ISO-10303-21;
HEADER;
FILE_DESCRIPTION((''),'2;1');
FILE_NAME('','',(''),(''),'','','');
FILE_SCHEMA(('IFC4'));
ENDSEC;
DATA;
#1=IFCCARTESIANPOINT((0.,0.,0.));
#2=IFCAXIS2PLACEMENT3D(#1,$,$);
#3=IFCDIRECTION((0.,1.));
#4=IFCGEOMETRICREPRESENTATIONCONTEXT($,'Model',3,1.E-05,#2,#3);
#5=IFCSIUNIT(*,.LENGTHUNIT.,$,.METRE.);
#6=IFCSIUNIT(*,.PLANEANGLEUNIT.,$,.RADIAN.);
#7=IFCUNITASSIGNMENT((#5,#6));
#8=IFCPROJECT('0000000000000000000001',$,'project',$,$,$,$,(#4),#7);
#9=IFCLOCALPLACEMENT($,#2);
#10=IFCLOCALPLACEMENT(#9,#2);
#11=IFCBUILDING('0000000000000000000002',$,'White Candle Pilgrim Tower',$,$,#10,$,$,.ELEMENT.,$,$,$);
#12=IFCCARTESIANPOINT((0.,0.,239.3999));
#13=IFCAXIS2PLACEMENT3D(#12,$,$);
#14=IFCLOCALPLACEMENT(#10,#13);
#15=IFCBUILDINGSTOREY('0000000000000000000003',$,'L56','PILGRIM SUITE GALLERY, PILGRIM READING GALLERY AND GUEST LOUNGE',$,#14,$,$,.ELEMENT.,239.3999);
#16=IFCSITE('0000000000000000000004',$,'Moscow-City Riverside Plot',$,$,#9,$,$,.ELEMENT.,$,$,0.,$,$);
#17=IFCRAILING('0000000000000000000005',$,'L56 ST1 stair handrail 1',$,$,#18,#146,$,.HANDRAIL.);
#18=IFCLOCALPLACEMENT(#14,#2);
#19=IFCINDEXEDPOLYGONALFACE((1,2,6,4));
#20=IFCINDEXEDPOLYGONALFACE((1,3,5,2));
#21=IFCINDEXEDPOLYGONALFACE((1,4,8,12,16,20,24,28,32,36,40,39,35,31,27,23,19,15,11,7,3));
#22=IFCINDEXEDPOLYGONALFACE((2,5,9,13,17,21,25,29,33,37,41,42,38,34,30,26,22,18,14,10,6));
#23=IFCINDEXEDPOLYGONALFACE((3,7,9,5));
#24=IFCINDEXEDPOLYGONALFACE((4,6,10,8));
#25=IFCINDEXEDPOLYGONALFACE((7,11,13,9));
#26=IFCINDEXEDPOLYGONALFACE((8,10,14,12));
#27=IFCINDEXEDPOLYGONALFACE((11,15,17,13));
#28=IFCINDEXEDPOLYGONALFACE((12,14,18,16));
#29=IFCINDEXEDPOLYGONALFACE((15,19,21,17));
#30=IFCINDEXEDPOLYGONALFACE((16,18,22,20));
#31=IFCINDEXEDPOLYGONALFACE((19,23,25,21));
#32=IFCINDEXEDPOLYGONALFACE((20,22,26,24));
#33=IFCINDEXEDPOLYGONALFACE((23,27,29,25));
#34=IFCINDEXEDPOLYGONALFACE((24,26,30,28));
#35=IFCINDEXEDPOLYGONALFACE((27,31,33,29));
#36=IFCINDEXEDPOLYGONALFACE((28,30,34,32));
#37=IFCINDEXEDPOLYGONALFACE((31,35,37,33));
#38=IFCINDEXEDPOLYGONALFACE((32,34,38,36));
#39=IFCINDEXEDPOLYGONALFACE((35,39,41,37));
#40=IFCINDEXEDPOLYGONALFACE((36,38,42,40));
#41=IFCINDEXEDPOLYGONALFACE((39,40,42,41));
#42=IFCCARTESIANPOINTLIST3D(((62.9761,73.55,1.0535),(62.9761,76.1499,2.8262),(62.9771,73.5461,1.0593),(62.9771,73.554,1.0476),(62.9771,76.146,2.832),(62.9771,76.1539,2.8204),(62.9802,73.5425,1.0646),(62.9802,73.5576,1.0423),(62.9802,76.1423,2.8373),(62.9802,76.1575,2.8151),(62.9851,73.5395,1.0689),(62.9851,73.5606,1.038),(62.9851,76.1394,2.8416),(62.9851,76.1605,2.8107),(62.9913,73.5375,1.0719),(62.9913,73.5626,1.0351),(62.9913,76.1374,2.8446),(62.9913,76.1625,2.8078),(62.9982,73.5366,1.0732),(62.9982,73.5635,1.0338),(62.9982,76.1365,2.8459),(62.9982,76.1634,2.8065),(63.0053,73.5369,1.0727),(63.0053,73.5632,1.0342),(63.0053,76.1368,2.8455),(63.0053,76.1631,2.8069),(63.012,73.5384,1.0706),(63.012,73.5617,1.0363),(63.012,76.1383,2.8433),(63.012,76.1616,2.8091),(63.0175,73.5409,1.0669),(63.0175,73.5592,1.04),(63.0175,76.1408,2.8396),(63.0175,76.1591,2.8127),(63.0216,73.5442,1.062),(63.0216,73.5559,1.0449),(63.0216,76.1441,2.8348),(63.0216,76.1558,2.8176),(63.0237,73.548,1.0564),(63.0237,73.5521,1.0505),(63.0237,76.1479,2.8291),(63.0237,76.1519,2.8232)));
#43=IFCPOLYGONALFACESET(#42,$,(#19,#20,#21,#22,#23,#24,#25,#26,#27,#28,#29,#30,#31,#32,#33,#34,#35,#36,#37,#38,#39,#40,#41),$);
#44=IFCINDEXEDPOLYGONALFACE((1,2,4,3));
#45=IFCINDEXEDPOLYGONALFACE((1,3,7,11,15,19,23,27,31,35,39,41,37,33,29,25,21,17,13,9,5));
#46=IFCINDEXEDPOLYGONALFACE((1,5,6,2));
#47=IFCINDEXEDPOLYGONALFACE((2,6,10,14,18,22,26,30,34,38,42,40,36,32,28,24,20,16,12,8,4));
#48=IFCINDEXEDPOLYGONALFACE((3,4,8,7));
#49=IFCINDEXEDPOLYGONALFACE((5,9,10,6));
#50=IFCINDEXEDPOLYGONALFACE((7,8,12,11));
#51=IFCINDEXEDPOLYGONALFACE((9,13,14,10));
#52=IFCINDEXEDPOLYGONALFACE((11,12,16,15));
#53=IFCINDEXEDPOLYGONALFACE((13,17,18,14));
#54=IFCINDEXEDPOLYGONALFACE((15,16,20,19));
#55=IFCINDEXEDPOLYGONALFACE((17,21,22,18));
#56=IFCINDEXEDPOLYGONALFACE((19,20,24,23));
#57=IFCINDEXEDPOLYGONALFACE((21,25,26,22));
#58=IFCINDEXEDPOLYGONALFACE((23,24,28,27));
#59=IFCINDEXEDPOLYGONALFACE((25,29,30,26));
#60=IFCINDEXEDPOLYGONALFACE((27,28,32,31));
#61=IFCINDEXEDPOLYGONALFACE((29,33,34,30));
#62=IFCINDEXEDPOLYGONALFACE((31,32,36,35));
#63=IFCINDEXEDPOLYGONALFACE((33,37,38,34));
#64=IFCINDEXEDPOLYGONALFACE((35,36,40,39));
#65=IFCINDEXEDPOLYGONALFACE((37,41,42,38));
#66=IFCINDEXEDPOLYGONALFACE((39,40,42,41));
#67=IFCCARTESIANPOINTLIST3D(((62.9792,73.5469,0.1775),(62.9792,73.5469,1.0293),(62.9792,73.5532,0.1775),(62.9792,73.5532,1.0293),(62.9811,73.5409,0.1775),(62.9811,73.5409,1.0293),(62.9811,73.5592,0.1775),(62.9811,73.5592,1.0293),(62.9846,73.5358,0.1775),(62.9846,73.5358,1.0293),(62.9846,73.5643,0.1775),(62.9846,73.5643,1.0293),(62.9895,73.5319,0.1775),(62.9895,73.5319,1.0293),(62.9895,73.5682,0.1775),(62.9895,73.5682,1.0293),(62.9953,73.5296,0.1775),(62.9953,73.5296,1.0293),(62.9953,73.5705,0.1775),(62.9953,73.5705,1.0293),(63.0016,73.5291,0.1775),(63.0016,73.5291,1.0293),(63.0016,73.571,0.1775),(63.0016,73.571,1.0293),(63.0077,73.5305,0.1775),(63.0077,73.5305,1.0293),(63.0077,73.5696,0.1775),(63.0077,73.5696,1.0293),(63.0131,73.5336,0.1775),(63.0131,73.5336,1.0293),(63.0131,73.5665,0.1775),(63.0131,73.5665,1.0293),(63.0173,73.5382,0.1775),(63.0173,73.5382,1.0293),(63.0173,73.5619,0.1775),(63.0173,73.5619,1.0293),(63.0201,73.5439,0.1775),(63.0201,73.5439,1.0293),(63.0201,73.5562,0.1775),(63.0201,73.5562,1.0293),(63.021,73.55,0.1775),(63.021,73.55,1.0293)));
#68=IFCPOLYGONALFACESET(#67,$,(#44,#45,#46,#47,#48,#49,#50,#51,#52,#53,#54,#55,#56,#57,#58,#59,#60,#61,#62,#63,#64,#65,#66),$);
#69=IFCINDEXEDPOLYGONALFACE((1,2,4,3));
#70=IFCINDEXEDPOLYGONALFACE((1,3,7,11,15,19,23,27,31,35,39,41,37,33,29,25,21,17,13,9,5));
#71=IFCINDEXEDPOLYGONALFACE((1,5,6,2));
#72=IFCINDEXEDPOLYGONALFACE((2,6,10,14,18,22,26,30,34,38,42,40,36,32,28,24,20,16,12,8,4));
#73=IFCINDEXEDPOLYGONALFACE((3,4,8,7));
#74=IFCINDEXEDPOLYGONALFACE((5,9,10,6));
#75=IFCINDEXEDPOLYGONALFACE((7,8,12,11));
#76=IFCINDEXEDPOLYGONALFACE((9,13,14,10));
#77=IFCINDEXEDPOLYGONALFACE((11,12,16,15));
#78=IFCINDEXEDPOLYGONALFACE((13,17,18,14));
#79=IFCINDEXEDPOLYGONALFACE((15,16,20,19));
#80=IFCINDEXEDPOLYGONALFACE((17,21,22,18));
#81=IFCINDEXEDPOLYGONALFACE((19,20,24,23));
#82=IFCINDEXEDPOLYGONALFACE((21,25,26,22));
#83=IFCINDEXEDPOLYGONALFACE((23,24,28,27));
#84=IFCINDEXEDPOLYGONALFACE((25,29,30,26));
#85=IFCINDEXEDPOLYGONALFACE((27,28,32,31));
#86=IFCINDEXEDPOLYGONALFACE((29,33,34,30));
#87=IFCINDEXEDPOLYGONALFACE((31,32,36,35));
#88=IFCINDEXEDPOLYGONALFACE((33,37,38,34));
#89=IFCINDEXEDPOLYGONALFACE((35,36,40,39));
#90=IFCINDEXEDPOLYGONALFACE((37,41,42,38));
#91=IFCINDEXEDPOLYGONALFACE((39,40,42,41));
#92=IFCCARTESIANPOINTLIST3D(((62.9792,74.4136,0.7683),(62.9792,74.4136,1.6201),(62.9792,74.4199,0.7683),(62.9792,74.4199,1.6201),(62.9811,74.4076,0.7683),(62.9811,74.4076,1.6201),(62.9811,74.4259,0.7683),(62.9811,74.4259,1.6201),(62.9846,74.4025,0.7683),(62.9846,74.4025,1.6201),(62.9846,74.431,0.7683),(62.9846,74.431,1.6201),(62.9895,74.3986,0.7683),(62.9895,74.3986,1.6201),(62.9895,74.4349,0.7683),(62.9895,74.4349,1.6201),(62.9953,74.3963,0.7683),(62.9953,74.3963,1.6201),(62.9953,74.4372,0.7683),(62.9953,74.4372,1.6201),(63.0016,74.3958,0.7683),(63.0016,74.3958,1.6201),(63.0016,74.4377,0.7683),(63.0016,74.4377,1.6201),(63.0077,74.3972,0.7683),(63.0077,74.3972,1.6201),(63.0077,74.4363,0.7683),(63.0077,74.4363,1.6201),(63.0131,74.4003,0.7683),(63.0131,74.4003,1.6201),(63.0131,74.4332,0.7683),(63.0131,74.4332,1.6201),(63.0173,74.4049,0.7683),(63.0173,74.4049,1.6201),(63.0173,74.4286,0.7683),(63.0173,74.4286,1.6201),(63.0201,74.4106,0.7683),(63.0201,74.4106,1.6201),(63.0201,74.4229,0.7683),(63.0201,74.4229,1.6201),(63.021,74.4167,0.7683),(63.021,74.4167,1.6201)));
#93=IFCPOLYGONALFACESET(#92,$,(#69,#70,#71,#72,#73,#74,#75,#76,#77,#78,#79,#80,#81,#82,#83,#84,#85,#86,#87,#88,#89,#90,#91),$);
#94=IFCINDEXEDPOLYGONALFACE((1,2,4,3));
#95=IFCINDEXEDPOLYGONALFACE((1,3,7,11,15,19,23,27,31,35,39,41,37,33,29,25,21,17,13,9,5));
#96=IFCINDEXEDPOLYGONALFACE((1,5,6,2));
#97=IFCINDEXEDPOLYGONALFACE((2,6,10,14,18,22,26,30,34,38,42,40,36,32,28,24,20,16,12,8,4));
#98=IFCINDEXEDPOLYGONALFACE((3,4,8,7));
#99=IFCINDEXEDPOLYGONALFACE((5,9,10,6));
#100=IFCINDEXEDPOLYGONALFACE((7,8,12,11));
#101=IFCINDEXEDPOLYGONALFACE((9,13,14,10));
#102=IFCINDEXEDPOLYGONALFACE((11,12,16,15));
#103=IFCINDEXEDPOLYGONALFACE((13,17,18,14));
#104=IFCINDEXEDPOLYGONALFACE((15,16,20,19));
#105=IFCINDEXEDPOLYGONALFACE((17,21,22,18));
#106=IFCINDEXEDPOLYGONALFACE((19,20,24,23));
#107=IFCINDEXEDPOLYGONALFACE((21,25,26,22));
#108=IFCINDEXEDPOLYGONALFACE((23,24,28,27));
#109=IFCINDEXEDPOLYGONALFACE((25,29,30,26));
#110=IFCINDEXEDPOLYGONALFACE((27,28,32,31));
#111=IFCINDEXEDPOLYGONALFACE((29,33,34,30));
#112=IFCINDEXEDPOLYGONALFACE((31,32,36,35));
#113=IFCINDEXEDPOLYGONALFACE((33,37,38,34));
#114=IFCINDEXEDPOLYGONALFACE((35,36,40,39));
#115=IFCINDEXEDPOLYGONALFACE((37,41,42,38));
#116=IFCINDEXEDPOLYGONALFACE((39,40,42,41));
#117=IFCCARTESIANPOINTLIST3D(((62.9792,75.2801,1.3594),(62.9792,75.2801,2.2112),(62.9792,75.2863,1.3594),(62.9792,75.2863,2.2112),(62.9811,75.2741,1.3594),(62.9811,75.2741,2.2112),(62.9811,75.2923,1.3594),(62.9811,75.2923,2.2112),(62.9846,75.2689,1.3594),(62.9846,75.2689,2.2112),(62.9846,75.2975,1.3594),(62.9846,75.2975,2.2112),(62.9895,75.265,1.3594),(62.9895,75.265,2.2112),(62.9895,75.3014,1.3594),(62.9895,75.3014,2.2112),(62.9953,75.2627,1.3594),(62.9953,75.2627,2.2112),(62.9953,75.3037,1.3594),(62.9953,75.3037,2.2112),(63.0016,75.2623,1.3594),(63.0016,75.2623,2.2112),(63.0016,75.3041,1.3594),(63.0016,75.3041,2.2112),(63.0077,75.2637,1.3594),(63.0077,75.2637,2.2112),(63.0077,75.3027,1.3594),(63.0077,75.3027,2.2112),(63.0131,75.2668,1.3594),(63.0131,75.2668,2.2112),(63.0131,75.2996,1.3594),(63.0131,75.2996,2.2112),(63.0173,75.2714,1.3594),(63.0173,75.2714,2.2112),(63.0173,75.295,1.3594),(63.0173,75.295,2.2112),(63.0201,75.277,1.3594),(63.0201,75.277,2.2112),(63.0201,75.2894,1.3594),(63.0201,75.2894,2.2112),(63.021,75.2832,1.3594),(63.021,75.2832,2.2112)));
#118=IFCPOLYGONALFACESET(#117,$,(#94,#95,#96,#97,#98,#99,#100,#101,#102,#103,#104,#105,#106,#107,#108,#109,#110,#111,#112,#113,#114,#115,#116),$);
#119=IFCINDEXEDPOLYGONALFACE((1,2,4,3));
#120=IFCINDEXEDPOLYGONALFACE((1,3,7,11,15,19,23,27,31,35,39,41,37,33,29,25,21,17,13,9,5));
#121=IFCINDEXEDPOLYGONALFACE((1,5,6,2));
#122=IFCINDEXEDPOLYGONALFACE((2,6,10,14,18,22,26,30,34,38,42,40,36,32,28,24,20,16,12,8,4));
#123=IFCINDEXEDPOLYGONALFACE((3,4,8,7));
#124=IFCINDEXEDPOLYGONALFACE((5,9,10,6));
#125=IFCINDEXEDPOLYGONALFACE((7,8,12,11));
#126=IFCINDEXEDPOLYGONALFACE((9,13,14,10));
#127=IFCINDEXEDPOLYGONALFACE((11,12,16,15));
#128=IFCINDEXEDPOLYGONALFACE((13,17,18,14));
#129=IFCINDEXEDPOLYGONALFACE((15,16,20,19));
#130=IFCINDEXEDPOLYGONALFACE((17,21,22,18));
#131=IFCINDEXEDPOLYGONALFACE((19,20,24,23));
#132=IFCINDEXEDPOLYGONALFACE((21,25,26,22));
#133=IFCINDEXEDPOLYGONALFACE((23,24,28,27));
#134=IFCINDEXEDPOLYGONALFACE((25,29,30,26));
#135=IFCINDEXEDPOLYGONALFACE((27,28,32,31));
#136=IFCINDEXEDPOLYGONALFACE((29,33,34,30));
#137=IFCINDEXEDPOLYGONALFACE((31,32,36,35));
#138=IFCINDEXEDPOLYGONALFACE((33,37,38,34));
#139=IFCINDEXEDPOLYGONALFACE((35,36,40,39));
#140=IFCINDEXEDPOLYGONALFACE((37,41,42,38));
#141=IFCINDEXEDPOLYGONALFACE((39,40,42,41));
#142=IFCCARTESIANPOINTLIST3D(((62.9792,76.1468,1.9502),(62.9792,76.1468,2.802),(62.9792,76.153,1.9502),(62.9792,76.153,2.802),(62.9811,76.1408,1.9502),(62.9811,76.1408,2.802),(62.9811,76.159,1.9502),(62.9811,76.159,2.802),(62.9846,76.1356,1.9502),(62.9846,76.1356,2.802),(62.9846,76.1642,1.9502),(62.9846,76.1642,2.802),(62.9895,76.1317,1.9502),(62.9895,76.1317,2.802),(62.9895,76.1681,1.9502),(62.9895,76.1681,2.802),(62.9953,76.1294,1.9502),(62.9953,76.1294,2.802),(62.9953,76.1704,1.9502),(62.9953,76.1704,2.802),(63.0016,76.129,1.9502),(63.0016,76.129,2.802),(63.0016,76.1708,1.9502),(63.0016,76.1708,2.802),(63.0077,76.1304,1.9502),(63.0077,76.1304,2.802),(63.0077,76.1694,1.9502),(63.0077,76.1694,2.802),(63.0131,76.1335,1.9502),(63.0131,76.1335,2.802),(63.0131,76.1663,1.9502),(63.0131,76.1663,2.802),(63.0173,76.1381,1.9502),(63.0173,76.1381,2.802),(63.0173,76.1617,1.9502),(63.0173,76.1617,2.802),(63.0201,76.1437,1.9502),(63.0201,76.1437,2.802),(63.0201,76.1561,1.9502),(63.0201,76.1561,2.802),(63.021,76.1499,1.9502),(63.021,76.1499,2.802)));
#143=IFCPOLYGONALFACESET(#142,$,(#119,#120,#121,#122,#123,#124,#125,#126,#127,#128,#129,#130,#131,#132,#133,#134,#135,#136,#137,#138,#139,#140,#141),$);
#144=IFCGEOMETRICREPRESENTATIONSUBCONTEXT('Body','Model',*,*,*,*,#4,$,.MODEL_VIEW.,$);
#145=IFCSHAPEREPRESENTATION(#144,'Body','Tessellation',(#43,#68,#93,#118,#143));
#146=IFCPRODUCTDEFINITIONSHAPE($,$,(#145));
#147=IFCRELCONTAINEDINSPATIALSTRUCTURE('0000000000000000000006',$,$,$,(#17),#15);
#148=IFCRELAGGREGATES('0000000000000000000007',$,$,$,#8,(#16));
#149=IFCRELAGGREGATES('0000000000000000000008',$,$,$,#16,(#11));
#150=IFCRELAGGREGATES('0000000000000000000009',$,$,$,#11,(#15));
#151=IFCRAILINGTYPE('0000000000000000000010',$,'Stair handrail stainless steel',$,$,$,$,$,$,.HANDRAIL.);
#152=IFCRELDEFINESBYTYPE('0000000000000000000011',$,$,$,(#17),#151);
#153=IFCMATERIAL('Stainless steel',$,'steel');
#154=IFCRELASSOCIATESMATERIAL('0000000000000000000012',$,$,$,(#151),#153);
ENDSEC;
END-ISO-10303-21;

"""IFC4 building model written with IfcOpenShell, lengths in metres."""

from ifc_helpers import new_model, si_unit, direction, frame, origin, origin_2d, place, context, subcontext, project, spatial, circle, extrude, material, type_object, element, save


model = new_model("IFC4")

# Units and contexts
model_context = context("Model", 3, precision=1e-05, world=origin(), true_north=direction((0.0, 1.0)))
body_context = subcontext(model_context, "Body", "Model", "MODEL_VIEW")
ifc_project = project(units=[si_unit("LENGTHUNIT", "METRE"), si_unit("PLANEANGLEUNIT", "RADIAN")], contexts=[model_context])

# Site, building, storey
site_placement = place(None, origin())
site = spatial("IfcSite", under=ifc_project, at=site_placement, Name="Moscow-City Riverside Plot", CompositionType="ELEMENT", RefElevation=0.0)
building_placement = place(site_placement, origin())
building = spatial("IfcBuilding", under=site, at=building_placement, Name="White Candle Pilgrim Tower", CompositionType="ELEMENT")
storey_placement = place(building_placement, frame((0.0, 0.0, 239.3999)))
storey = spatial("IfcBuildingStorey", under=building, at=storey_placement, Name="L56", Description="PILGRIM SUITE GALLERY, PILGRIM READING GALLERY AND GUEST LOUNGE", CompositionType="ELEMENT", Elevation=239.3999)

# Railing
ifc_material_1 = material(Name="Stainless steel", Category="steel")
railing_type_1 = type_object("IfcRailingType", Name="Stair handrail stainless steel", PredefinedType="HANDRAIL", material=ifc_material_1)
railing_1_placement = place(storey_placement, frame((63.0, 73.55, 0.1775)))
element("IfcRailing", 1, at=railing_1_placement, inside=storey, type_object=railing_type_1, Name="L56 ST1 stair handrail 1", PredefinedType="HANDRAIL", context=body_context, shape_type="SweptSolid", body=[
    extrude(circle(Radius=0.0239, at=origin_2d()), frame((0.0, 0.0, 0.876), z_axis=(0.0, 0.826216, 0.563354), x_axis=(-1.0, 0.0, 0.0)), (0.0, 0.0, 1.0), 3.1467),
    extrude(circle(Radius=0.021, at=origin_2d()), origin(), (0.0, 0.0, 1.0), 0.8518),
    extrude(circle(Radius=0.021, at=origin_2d()), frame((0.0, 0.8667, 0.5908)), (0.0, 0.0, 1.0), 0.8518),
    extrude(circle(Radius=0.021, at=origin_2d()), frame((0.0, 1.7332, 1.1819)), (0.0, 0.0, 1.0), 0.8518),
    extrude(circle(Radius=0.021, at=origin_2d()), frame((0.0, 2.5999, 1.7727)), (0.0, 0.0, 1.0), 0.8518),
])

save(model, "model.ifc")
